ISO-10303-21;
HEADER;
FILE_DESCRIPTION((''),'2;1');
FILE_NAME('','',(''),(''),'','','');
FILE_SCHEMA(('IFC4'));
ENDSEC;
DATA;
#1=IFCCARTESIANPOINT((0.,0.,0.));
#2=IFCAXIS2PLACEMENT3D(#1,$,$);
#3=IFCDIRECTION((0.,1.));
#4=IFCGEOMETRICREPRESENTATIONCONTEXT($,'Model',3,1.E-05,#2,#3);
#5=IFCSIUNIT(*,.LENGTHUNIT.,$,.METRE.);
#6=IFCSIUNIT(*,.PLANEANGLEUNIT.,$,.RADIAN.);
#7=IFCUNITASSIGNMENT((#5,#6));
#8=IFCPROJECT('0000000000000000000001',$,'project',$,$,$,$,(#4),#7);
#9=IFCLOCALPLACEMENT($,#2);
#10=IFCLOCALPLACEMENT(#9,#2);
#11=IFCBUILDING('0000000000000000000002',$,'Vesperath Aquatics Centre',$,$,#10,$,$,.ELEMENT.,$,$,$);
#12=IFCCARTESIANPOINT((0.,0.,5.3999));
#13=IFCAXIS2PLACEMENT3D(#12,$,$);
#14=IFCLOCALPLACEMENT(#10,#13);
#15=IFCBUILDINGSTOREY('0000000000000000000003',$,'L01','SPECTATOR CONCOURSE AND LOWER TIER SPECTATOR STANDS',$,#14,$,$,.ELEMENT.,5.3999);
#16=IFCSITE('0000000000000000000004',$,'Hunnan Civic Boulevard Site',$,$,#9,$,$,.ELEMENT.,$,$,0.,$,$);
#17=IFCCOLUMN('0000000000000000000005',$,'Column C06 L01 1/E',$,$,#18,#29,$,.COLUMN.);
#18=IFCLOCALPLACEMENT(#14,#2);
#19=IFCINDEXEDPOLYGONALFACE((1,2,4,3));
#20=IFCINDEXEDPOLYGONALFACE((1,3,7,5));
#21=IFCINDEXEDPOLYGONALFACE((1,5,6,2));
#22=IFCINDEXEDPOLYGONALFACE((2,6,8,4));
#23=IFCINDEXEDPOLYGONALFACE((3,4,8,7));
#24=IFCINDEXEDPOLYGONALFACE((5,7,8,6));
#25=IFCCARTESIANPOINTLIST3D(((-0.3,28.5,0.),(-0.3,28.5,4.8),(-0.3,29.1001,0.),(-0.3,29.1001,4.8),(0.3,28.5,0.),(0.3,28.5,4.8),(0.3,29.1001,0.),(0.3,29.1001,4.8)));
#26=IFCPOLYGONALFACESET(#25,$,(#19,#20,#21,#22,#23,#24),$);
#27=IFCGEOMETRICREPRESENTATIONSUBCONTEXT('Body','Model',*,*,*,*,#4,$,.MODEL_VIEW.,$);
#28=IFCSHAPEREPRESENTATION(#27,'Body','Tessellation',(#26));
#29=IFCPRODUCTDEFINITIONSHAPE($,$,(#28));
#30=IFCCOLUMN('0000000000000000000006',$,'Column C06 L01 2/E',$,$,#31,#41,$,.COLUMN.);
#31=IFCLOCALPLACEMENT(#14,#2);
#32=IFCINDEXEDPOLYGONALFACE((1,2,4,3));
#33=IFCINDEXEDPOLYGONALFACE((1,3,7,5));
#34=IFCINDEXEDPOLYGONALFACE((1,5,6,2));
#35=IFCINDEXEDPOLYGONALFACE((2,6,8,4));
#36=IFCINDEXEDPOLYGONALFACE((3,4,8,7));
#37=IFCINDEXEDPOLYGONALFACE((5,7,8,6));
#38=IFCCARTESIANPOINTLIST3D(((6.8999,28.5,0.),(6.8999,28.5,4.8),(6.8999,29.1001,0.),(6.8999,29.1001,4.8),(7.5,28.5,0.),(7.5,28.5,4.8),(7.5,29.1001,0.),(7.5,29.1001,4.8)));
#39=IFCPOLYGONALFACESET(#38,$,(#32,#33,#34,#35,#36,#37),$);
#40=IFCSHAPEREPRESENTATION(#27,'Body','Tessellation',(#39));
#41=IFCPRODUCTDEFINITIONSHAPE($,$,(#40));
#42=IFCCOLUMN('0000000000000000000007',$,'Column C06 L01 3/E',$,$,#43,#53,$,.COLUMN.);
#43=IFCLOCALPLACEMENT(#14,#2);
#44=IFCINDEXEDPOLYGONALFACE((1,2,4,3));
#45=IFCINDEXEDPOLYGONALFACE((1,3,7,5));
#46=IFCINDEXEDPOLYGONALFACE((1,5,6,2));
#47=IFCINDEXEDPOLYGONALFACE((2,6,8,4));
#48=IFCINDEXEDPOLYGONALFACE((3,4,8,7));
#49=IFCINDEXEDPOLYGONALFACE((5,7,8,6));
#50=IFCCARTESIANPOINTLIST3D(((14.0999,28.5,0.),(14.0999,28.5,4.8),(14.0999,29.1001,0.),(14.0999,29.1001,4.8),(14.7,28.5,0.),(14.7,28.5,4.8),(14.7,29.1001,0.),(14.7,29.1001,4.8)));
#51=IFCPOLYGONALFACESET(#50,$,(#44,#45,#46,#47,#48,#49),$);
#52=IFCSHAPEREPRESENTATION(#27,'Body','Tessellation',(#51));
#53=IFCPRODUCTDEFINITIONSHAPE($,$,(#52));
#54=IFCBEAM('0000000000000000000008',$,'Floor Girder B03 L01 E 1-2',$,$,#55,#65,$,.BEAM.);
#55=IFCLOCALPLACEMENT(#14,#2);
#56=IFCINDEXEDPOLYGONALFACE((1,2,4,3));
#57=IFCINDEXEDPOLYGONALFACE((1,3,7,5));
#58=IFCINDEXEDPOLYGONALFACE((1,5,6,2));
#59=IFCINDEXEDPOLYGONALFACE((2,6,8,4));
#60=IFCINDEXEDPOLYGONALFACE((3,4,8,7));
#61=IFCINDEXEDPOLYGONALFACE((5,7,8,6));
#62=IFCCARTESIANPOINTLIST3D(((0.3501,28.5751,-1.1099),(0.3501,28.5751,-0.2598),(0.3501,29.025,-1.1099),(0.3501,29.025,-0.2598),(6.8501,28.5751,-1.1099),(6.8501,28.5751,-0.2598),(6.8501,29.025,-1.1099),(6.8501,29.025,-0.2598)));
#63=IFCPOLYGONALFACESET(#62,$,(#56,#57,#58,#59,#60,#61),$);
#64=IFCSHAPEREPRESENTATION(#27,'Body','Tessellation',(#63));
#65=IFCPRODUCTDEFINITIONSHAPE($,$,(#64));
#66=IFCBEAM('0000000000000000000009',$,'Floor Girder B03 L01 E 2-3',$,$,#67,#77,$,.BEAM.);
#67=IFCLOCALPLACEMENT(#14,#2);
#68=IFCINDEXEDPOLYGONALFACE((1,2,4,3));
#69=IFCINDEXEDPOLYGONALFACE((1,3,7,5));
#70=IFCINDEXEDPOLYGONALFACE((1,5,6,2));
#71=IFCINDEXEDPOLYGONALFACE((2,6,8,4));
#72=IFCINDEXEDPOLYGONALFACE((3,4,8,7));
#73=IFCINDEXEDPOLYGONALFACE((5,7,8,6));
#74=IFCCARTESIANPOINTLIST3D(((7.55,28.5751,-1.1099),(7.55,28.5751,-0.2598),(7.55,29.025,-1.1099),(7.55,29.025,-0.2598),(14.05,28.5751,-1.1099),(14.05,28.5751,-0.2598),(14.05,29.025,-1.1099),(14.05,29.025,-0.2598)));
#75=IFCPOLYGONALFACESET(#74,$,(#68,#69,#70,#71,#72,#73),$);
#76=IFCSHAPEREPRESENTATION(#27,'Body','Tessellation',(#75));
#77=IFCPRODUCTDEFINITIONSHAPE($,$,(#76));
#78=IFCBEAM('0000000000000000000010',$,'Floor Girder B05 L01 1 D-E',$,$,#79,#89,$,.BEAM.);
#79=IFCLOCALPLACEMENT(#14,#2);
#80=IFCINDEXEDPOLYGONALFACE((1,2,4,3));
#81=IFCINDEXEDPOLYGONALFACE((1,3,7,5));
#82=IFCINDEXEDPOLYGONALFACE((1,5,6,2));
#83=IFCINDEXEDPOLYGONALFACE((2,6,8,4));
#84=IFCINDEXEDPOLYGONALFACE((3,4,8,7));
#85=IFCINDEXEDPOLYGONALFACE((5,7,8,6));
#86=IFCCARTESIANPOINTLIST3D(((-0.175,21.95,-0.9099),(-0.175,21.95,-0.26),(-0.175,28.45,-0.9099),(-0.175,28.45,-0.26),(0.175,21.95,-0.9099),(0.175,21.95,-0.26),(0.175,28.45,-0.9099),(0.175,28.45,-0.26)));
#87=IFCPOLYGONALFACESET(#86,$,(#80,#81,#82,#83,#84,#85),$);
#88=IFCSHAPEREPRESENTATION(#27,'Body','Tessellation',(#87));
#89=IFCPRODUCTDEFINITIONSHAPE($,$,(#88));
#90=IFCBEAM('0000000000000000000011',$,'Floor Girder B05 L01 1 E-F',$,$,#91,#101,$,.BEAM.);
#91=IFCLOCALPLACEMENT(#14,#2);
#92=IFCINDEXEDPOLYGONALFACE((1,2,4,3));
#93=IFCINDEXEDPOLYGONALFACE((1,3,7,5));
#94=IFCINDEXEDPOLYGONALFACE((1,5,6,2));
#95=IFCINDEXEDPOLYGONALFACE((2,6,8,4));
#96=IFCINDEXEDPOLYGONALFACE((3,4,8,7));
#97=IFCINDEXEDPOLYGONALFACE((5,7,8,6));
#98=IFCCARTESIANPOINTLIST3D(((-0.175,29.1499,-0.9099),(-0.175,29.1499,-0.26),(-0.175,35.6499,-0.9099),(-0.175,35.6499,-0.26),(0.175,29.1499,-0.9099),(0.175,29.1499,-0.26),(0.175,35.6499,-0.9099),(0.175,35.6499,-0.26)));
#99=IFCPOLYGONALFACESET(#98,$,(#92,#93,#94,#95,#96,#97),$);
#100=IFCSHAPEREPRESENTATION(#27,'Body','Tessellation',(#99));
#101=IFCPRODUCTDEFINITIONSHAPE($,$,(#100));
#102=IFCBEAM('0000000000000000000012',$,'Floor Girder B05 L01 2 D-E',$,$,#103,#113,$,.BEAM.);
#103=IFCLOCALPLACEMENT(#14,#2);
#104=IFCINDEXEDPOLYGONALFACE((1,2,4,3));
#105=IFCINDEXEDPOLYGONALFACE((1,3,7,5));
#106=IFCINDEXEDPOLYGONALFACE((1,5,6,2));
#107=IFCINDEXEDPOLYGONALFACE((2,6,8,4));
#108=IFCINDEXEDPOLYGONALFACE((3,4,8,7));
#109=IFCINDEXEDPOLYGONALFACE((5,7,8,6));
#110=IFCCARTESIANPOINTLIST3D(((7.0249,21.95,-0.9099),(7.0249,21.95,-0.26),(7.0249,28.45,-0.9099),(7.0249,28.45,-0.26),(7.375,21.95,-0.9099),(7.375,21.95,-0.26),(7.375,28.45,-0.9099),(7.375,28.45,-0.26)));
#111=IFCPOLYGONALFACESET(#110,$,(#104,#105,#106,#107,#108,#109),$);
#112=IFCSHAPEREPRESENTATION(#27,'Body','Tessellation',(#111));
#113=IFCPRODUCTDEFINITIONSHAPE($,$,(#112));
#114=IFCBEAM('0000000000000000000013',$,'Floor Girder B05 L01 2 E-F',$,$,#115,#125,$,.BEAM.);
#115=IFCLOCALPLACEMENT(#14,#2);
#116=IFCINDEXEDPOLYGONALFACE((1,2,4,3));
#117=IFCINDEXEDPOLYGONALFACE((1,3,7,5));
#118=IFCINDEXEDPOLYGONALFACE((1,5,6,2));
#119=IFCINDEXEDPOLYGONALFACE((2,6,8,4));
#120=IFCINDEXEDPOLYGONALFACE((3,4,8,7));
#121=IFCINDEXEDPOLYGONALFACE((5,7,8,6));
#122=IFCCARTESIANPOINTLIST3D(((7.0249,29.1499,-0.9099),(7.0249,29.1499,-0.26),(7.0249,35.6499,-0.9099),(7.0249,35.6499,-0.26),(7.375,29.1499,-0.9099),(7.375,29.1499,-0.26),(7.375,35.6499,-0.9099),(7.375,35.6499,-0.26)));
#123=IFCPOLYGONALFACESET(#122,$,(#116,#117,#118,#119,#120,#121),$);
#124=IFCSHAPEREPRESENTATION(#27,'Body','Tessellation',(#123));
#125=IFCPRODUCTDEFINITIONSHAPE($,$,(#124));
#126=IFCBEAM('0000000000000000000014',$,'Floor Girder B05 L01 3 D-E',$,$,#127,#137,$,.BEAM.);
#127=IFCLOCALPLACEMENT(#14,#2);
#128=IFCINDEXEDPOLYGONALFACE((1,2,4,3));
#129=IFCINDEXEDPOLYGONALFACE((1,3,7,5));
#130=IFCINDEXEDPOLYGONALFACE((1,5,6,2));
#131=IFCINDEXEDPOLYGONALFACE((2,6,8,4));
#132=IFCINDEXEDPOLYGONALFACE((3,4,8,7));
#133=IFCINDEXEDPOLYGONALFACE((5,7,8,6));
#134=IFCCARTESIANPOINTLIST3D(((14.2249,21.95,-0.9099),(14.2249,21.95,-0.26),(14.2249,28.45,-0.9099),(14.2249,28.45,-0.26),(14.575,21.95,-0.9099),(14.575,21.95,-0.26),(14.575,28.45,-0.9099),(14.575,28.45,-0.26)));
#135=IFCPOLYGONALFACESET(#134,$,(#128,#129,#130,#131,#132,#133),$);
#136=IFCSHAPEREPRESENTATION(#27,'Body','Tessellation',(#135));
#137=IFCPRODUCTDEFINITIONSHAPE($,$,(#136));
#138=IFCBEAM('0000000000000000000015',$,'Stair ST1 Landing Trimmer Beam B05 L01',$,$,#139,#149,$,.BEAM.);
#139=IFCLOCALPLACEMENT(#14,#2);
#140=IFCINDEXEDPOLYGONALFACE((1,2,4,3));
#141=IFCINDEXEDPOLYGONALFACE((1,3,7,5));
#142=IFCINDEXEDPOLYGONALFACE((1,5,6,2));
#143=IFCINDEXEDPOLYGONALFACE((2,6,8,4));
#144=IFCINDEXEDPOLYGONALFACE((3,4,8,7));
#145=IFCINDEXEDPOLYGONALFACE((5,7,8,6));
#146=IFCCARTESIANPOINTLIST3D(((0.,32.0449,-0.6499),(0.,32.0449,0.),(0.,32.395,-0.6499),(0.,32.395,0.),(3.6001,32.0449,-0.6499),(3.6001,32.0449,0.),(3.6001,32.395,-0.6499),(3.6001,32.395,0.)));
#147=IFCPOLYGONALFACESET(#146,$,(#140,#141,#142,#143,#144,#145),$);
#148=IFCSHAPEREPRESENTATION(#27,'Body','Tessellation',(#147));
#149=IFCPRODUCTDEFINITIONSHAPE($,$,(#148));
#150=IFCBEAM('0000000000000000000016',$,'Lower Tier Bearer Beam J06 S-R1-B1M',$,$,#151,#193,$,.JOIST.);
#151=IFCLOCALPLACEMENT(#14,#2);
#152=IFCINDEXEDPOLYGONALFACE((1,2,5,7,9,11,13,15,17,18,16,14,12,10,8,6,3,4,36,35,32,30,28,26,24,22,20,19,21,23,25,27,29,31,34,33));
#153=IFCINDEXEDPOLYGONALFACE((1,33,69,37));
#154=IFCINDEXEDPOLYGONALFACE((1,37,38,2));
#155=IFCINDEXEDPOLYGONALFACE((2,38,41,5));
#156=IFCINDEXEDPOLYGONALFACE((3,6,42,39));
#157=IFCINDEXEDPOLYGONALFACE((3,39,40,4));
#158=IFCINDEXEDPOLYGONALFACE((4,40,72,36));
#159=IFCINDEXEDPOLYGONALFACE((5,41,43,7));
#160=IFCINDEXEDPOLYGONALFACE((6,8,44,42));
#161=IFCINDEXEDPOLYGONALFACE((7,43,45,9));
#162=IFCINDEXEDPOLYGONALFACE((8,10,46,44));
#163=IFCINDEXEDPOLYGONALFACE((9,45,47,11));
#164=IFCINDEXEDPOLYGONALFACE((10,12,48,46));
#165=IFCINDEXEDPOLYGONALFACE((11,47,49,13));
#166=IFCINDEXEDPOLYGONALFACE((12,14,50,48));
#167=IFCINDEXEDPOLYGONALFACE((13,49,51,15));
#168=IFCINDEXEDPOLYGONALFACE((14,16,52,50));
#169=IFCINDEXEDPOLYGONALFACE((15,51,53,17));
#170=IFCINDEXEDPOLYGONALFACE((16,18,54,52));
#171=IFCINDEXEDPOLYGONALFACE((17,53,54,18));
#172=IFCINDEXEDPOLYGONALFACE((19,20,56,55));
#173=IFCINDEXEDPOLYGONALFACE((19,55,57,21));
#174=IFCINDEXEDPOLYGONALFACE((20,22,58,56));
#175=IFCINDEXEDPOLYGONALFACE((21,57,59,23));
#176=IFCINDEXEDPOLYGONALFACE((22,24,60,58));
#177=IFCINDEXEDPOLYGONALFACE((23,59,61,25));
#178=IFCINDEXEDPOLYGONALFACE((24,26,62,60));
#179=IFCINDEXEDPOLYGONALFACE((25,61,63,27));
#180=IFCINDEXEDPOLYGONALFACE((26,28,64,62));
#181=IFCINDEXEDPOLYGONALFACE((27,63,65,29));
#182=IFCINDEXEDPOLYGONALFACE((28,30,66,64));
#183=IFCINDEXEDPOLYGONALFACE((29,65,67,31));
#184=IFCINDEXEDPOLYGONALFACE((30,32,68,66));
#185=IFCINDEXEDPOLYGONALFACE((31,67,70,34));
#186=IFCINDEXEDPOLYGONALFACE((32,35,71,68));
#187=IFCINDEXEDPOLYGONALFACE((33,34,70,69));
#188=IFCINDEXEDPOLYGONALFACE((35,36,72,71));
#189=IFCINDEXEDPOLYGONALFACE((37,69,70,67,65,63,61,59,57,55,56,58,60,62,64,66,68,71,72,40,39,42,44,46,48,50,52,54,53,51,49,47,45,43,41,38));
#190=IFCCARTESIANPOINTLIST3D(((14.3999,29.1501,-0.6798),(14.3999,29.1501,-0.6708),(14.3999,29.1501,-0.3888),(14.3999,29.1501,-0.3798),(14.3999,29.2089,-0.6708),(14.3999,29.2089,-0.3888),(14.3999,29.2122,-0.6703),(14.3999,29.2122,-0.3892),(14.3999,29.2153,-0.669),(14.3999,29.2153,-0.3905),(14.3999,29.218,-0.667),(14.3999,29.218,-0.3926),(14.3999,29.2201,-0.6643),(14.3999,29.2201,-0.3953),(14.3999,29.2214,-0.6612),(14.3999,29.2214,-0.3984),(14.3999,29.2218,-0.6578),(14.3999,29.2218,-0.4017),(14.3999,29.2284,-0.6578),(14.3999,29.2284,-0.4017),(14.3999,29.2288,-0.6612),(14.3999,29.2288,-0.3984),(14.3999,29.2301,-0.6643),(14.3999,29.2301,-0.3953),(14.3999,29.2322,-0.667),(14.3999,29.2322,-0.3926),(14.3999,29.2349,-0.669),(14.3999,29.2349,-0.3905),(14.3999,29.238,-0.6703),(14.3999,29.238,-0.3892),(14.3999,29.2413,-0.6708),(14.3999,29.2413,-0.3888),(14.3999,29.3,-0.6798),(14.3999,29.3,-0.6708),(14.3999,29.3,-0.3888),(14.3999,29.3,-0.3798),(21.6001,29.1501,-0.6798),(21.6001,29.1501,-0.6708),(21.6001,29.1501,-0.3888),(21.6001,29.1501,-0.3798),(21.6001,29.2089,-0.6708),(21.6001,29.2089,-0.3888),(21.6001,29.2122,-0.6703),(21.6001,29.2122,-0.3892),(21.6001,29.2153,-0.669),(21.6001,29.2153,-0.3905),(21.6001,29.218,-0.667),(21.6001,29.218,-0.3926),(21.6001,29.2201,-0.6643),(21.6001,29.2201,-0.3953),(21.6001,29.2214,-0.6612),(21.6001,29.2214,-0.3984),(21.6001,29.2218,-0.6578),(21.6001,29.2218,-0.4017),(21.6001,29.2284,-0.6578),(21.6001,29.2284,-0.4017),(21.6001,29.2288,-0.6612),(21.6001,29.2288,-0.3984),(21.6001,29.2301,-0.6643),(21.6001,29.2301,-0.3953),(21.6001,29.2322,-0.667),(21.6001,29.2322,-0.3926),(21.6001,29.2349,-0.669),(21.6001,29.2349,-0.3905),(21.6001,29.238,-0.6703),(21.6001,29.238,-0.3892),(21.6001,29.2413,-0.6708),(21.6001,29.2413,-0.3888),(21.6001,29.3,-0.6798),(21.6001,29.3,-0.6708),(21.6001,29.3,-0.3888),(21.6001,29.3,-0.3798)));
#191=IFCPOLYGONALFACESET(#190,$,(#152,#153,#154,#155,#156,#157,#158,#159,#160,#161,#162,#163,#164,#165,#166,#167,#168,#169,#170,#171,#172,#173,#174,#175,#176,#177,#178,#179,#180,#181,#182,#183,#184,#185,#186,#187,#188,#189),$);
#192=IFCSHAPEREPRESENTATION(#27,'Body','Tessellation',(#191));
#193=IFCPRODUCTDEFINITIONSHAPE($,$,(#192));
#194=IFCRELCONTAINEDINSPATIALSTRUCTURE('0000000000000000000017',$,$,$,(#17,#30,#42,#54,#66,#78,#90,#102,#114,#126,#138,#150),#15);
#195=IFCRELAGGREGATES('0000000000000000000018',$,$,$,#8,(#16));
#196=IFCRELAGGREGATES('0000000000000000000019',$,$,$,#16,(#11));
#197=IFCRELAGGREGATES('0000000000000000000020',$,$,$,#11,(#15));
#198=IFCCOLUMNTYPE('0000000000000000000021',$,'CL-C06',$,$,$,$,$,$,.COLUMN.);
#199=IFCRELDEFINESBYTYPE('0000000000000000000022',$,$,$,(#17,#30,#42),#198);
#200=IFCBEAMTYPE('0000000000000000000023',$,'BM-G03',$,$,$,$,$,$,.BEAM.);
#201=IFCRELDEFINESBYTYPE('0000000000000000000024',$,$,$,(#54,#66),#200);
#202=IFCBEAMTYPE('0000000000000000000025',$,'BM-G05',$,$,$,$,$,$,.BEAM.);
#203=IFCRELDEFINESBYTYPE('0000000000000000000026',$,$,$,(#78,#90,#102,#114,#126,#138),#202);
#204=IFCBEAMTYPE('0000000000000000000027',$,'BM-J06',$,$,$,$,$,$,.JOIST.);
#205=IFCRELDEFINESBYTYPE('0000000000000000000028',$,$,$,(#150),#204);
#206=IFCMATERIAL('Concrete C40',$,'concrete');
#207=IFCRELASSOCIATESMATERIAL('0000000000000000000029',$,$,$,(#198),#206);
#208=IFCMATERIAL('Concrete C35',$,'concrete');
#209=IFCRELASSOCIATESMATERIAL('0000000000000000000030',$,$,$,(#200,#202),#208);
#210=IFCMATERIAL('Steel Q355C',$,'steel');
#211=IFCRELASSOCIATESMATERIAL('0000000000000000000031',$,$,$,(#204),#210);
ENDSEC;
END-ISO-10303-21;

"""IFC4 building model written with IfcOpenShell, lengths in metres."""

from ifc_helpers import new_model, si_unit, direction, frame, origin, origin_2d, place, context, subcontext, project, spatial, rectangle, i_section, extrude, material, material_profile, profile_set, type_object, element, save


model = new_model("IFC4")

# Units and contexts
model_context = context("Model", 3, precision=1e-05, world=origin(), true_north=direction((0.0, 1.0)))
body_context = subcontext(model_context, "Body", "Model", "MODEL_VIEW")
ifc_project = project(units=[si_unit("LENGTHUNIT", "METRE"), si_unit("PLANEANGLEUNIT", "RADIAN")], contexts=[model_context])

# Site, building, storey
site_placement = place(None, origin())
site = spatial("IfcSite", under=ifc_project, at=site_placement, Name="Hunnan Civic Boulevard Site", CompositionType="ELEMENT", RefElevation=0.0)
building_placement = place(site_placement, origin())
building = spatial("IfcBuilding", under=site, at=building_placement, Name="Vesperath Aquatics Centre", CompositionType="ELEMENT")
storey_placement = place(building_placement, frame((0.0, 0.0, 5.3999)))
storey = spatial("IfcBuildingStorey", under=building, at=storey_placement, Name="L01", Description="SPECTATOR CONCOURSE AND LOWER TIER SPECTATOR STANDS", CompositionType="ELEMENT", Elevation=5.3999)

# Columns
ifc_material_1 = material(Name="Concrete C40", Category="concrete")
ifc_material_profile_1 = material_profile(ifc_material_1, rectangle(XDim=0.6001, YDim=0.6001, at=origin_2d()), Name="RC 600x600")
ifc_profile_set_1 = profile_set([ifc_material_profile_1], Name="Concrete C40")
column_type = type_object("IfcColumnType", Name="CL-C06", PredefinedType="COLUMN", material=ifc_profile_set_1)
for number, where, z_axis, x_axis, name in (
    (1, (0.0, 28.8, 0.0), (0.0, 0.0, 1.0), (1.0, 0.0, 0.0), "Column C06 L01 1/E"),
    (2, (7.2, 28.8, 0.0), (0.0, 0.0, 1.0), (1.0, 0.0, 0.0), "Column C06 L01 2/E"),
    (3, (14.3999, 28.8, 0.0), (0.0, 0.0, 1.0), (1.0, 0.0, 0.0), "Column C06 L01 3/E"),
):
    element("IfcColumn", number, at=place(storey_placement, frame(where, z_axis=z_axis, x_axis=x_axis)), inside=storey, type_object=column_type, Name=name, PredefinedType="COLUMN", context=body_context, shape_type="SweptSolid", body=[
        extrude(rectangle(XDim=0.6001, YDim=0.6001, at=origin_2d()), origin(), (0.0, 0.0, 1.0), 4.8),
    ])

# Beams
ifc_material_2 = material(Name="Concrete C35", Category="concrete")
ifc_material_profile_2 = material_profile(ifc_material_2, rectangle(XDim=0.45, YDim=0.8501, at=origin_2d()), Name="RC 450x850")
ifc_profile_set_2 = profile_set([ifc_material_profile_2], Name="Concrete C35")
beam_type_1 = type_object("IfcBeamType", Name="BM-G03", PredefinedType="BEAM", material=ifc_profile_set_2)
for number, where, z_axis, x_axis, name in (
    (4, (0.3501, 28.8, -0.6848), (1.0, 0.0, 0.0), (0.0, 1.0, 0.0), "Floor Girder B03 L01 E 1-2"),
    (5, (7.55, 28.8, -0.6848), (1.0, 0.0, 0.0), (0.0, 1.0, 0.0), "Floor Girder B03 L01 E 2-3"),
):
    element("IfcBeam", number, at=place(storey_placement, frame(where, z_axis=z_axis, x_axis=x_axis)), inside=storey, type_object=beam_type_1, Name=name, PredefinedType="BEAM", context=body_context, shape_type="SweptSolid", body=[
        extrude(rectangle(XDim=0.45, YDim=0.8501, at=origin_2d()), origin(), (0.0, 0.0, 1.0), 6.5),
    ])
ifc_material_profile_3 = material_profile(ifc_material_2, rectangle(XDim=0.3501, YDim=0.6499, at=origin_2d()), Name="RC 350x650")
ifc_profile_set_3 = profile_set([ifc_material_profile_3], Name="Concrete C35")
beam_type_2 = type_object("IfcBeamType", Name="BM-G05", PredefinedType="BEAM", material=ifc_profile_set_3)
for number, where, z_axis, x_axis, name in (
    (6, (0.0, 21.95, -0.585), (0.0, 1.0, 0.0), (-1.0, 0.0, 0.0), "Floor Girder B05 L01 1 D-E"),
    (7, (0.0, 29.1499, -0.585), (0.0, 1.0, 0.0), (-1.0, 0.0, 0.0), "Floor Girder B05 L01 1 E-F"),
    (8, (7.2, 21.95, -0.585), (0.0, 1.0, 0.0), (-1.0, 0.0, 0.0), "Floor Girder B05 L01 2 D-E"),
    (9, (7.2, 29.1499, -0.585), (0.0, 1.0, 0.0), (-1.0, 0.0, 0.0), "Floor Girder B05 L01 2 E-F"),
    (10, (14.3999, 21.95, -0.585), (0.0, 1.0, 0.0), (-1.0, 0.0, 0.0), "Floor Girder B05 L01 3 D-E"),
):
    element("IfcBeam", number, at=place(storey_placement, frame(where, z_axis=z_axis, x_axis=x_axis)), inside=storey, type_object=beam_type_2, Name=name, PredefinedType="BEAM", context=body_context, shape_type="SweptSolid", body=[
        extrude(rectangle(XDim=0.3501, YDim=0.6499, at=origin_2d()), origin(), (0.0, 0.0, 1.0), 6.5),
    ])
beam_1_placement = place(storey_placement, frame((0.0, 32.22, -0.325), z_axis=(1.0, 0.0, 0.0), x_axis=(0.0, 1.0, 0.0)))
element("IfcBeam", 11, at=beam_1_placement, inside=storey, type_object=beam_type_2, Name="Stair ST1 Landing Trimmer Beam B05 L01", PredefinedType="BEAM", context=body_context, shape_type="SweptSolid", body=[
    extrude(rectangle(XDim=0.3501, YDim=0.6499, at=origin_2d()), origin(), (0.0, 0.0, 1.0), 3.6001),
])
ifc_material_3 = material(Name="Steel Q355C", Category="steel")
ifc_material_profile_4 = material_profile(ifc_material_3, i_section(OverallWidth=0.1499, OverallDepth=0.3, WebThickness=0.0066, FlangeThickness=0.009, FilletRadius=0.0129, at=origin_2d()), Name="HN 300x150x6.5x9")
ifc_profile_set_4 = profile_set([ifc_material_profile_4], Name="Steel Q355C")
beam_type_3 = type_object("IfcBeamType", Name="BM-J06", PredefinedType="JOIST", material=ifc_profile_set_4)
for number, where, z_axis, x_axis, name in (
    (12, (14.3999, 29.2251, -0.5298), (1.0, 0.0, 0.0), (0.0, 1.0, 0.0), "Lower Tier Bearer Beam J06 S-R1-B1M"),
):
    element("IfcBeam", number, at=place(storey_placement, frame(where, z_axis=z_axis, x_axis=x_axis)), inside=storey, type_object=beam_type_3, Name=name, PredefinedType="JOIST", context=body_context, shape_type="SweptSolid", body=[
        extrude(i_section(OverallWidth=0.1499, OverallDepth=0.3, WebThickness=0.0066, FlangeThickness=0.009, FilletRadius=0.0129, at=origin_2d()), origin(), (0.0, 0.0, 1.0), 7.2002),
    ])

save(model, "model.ifc")
